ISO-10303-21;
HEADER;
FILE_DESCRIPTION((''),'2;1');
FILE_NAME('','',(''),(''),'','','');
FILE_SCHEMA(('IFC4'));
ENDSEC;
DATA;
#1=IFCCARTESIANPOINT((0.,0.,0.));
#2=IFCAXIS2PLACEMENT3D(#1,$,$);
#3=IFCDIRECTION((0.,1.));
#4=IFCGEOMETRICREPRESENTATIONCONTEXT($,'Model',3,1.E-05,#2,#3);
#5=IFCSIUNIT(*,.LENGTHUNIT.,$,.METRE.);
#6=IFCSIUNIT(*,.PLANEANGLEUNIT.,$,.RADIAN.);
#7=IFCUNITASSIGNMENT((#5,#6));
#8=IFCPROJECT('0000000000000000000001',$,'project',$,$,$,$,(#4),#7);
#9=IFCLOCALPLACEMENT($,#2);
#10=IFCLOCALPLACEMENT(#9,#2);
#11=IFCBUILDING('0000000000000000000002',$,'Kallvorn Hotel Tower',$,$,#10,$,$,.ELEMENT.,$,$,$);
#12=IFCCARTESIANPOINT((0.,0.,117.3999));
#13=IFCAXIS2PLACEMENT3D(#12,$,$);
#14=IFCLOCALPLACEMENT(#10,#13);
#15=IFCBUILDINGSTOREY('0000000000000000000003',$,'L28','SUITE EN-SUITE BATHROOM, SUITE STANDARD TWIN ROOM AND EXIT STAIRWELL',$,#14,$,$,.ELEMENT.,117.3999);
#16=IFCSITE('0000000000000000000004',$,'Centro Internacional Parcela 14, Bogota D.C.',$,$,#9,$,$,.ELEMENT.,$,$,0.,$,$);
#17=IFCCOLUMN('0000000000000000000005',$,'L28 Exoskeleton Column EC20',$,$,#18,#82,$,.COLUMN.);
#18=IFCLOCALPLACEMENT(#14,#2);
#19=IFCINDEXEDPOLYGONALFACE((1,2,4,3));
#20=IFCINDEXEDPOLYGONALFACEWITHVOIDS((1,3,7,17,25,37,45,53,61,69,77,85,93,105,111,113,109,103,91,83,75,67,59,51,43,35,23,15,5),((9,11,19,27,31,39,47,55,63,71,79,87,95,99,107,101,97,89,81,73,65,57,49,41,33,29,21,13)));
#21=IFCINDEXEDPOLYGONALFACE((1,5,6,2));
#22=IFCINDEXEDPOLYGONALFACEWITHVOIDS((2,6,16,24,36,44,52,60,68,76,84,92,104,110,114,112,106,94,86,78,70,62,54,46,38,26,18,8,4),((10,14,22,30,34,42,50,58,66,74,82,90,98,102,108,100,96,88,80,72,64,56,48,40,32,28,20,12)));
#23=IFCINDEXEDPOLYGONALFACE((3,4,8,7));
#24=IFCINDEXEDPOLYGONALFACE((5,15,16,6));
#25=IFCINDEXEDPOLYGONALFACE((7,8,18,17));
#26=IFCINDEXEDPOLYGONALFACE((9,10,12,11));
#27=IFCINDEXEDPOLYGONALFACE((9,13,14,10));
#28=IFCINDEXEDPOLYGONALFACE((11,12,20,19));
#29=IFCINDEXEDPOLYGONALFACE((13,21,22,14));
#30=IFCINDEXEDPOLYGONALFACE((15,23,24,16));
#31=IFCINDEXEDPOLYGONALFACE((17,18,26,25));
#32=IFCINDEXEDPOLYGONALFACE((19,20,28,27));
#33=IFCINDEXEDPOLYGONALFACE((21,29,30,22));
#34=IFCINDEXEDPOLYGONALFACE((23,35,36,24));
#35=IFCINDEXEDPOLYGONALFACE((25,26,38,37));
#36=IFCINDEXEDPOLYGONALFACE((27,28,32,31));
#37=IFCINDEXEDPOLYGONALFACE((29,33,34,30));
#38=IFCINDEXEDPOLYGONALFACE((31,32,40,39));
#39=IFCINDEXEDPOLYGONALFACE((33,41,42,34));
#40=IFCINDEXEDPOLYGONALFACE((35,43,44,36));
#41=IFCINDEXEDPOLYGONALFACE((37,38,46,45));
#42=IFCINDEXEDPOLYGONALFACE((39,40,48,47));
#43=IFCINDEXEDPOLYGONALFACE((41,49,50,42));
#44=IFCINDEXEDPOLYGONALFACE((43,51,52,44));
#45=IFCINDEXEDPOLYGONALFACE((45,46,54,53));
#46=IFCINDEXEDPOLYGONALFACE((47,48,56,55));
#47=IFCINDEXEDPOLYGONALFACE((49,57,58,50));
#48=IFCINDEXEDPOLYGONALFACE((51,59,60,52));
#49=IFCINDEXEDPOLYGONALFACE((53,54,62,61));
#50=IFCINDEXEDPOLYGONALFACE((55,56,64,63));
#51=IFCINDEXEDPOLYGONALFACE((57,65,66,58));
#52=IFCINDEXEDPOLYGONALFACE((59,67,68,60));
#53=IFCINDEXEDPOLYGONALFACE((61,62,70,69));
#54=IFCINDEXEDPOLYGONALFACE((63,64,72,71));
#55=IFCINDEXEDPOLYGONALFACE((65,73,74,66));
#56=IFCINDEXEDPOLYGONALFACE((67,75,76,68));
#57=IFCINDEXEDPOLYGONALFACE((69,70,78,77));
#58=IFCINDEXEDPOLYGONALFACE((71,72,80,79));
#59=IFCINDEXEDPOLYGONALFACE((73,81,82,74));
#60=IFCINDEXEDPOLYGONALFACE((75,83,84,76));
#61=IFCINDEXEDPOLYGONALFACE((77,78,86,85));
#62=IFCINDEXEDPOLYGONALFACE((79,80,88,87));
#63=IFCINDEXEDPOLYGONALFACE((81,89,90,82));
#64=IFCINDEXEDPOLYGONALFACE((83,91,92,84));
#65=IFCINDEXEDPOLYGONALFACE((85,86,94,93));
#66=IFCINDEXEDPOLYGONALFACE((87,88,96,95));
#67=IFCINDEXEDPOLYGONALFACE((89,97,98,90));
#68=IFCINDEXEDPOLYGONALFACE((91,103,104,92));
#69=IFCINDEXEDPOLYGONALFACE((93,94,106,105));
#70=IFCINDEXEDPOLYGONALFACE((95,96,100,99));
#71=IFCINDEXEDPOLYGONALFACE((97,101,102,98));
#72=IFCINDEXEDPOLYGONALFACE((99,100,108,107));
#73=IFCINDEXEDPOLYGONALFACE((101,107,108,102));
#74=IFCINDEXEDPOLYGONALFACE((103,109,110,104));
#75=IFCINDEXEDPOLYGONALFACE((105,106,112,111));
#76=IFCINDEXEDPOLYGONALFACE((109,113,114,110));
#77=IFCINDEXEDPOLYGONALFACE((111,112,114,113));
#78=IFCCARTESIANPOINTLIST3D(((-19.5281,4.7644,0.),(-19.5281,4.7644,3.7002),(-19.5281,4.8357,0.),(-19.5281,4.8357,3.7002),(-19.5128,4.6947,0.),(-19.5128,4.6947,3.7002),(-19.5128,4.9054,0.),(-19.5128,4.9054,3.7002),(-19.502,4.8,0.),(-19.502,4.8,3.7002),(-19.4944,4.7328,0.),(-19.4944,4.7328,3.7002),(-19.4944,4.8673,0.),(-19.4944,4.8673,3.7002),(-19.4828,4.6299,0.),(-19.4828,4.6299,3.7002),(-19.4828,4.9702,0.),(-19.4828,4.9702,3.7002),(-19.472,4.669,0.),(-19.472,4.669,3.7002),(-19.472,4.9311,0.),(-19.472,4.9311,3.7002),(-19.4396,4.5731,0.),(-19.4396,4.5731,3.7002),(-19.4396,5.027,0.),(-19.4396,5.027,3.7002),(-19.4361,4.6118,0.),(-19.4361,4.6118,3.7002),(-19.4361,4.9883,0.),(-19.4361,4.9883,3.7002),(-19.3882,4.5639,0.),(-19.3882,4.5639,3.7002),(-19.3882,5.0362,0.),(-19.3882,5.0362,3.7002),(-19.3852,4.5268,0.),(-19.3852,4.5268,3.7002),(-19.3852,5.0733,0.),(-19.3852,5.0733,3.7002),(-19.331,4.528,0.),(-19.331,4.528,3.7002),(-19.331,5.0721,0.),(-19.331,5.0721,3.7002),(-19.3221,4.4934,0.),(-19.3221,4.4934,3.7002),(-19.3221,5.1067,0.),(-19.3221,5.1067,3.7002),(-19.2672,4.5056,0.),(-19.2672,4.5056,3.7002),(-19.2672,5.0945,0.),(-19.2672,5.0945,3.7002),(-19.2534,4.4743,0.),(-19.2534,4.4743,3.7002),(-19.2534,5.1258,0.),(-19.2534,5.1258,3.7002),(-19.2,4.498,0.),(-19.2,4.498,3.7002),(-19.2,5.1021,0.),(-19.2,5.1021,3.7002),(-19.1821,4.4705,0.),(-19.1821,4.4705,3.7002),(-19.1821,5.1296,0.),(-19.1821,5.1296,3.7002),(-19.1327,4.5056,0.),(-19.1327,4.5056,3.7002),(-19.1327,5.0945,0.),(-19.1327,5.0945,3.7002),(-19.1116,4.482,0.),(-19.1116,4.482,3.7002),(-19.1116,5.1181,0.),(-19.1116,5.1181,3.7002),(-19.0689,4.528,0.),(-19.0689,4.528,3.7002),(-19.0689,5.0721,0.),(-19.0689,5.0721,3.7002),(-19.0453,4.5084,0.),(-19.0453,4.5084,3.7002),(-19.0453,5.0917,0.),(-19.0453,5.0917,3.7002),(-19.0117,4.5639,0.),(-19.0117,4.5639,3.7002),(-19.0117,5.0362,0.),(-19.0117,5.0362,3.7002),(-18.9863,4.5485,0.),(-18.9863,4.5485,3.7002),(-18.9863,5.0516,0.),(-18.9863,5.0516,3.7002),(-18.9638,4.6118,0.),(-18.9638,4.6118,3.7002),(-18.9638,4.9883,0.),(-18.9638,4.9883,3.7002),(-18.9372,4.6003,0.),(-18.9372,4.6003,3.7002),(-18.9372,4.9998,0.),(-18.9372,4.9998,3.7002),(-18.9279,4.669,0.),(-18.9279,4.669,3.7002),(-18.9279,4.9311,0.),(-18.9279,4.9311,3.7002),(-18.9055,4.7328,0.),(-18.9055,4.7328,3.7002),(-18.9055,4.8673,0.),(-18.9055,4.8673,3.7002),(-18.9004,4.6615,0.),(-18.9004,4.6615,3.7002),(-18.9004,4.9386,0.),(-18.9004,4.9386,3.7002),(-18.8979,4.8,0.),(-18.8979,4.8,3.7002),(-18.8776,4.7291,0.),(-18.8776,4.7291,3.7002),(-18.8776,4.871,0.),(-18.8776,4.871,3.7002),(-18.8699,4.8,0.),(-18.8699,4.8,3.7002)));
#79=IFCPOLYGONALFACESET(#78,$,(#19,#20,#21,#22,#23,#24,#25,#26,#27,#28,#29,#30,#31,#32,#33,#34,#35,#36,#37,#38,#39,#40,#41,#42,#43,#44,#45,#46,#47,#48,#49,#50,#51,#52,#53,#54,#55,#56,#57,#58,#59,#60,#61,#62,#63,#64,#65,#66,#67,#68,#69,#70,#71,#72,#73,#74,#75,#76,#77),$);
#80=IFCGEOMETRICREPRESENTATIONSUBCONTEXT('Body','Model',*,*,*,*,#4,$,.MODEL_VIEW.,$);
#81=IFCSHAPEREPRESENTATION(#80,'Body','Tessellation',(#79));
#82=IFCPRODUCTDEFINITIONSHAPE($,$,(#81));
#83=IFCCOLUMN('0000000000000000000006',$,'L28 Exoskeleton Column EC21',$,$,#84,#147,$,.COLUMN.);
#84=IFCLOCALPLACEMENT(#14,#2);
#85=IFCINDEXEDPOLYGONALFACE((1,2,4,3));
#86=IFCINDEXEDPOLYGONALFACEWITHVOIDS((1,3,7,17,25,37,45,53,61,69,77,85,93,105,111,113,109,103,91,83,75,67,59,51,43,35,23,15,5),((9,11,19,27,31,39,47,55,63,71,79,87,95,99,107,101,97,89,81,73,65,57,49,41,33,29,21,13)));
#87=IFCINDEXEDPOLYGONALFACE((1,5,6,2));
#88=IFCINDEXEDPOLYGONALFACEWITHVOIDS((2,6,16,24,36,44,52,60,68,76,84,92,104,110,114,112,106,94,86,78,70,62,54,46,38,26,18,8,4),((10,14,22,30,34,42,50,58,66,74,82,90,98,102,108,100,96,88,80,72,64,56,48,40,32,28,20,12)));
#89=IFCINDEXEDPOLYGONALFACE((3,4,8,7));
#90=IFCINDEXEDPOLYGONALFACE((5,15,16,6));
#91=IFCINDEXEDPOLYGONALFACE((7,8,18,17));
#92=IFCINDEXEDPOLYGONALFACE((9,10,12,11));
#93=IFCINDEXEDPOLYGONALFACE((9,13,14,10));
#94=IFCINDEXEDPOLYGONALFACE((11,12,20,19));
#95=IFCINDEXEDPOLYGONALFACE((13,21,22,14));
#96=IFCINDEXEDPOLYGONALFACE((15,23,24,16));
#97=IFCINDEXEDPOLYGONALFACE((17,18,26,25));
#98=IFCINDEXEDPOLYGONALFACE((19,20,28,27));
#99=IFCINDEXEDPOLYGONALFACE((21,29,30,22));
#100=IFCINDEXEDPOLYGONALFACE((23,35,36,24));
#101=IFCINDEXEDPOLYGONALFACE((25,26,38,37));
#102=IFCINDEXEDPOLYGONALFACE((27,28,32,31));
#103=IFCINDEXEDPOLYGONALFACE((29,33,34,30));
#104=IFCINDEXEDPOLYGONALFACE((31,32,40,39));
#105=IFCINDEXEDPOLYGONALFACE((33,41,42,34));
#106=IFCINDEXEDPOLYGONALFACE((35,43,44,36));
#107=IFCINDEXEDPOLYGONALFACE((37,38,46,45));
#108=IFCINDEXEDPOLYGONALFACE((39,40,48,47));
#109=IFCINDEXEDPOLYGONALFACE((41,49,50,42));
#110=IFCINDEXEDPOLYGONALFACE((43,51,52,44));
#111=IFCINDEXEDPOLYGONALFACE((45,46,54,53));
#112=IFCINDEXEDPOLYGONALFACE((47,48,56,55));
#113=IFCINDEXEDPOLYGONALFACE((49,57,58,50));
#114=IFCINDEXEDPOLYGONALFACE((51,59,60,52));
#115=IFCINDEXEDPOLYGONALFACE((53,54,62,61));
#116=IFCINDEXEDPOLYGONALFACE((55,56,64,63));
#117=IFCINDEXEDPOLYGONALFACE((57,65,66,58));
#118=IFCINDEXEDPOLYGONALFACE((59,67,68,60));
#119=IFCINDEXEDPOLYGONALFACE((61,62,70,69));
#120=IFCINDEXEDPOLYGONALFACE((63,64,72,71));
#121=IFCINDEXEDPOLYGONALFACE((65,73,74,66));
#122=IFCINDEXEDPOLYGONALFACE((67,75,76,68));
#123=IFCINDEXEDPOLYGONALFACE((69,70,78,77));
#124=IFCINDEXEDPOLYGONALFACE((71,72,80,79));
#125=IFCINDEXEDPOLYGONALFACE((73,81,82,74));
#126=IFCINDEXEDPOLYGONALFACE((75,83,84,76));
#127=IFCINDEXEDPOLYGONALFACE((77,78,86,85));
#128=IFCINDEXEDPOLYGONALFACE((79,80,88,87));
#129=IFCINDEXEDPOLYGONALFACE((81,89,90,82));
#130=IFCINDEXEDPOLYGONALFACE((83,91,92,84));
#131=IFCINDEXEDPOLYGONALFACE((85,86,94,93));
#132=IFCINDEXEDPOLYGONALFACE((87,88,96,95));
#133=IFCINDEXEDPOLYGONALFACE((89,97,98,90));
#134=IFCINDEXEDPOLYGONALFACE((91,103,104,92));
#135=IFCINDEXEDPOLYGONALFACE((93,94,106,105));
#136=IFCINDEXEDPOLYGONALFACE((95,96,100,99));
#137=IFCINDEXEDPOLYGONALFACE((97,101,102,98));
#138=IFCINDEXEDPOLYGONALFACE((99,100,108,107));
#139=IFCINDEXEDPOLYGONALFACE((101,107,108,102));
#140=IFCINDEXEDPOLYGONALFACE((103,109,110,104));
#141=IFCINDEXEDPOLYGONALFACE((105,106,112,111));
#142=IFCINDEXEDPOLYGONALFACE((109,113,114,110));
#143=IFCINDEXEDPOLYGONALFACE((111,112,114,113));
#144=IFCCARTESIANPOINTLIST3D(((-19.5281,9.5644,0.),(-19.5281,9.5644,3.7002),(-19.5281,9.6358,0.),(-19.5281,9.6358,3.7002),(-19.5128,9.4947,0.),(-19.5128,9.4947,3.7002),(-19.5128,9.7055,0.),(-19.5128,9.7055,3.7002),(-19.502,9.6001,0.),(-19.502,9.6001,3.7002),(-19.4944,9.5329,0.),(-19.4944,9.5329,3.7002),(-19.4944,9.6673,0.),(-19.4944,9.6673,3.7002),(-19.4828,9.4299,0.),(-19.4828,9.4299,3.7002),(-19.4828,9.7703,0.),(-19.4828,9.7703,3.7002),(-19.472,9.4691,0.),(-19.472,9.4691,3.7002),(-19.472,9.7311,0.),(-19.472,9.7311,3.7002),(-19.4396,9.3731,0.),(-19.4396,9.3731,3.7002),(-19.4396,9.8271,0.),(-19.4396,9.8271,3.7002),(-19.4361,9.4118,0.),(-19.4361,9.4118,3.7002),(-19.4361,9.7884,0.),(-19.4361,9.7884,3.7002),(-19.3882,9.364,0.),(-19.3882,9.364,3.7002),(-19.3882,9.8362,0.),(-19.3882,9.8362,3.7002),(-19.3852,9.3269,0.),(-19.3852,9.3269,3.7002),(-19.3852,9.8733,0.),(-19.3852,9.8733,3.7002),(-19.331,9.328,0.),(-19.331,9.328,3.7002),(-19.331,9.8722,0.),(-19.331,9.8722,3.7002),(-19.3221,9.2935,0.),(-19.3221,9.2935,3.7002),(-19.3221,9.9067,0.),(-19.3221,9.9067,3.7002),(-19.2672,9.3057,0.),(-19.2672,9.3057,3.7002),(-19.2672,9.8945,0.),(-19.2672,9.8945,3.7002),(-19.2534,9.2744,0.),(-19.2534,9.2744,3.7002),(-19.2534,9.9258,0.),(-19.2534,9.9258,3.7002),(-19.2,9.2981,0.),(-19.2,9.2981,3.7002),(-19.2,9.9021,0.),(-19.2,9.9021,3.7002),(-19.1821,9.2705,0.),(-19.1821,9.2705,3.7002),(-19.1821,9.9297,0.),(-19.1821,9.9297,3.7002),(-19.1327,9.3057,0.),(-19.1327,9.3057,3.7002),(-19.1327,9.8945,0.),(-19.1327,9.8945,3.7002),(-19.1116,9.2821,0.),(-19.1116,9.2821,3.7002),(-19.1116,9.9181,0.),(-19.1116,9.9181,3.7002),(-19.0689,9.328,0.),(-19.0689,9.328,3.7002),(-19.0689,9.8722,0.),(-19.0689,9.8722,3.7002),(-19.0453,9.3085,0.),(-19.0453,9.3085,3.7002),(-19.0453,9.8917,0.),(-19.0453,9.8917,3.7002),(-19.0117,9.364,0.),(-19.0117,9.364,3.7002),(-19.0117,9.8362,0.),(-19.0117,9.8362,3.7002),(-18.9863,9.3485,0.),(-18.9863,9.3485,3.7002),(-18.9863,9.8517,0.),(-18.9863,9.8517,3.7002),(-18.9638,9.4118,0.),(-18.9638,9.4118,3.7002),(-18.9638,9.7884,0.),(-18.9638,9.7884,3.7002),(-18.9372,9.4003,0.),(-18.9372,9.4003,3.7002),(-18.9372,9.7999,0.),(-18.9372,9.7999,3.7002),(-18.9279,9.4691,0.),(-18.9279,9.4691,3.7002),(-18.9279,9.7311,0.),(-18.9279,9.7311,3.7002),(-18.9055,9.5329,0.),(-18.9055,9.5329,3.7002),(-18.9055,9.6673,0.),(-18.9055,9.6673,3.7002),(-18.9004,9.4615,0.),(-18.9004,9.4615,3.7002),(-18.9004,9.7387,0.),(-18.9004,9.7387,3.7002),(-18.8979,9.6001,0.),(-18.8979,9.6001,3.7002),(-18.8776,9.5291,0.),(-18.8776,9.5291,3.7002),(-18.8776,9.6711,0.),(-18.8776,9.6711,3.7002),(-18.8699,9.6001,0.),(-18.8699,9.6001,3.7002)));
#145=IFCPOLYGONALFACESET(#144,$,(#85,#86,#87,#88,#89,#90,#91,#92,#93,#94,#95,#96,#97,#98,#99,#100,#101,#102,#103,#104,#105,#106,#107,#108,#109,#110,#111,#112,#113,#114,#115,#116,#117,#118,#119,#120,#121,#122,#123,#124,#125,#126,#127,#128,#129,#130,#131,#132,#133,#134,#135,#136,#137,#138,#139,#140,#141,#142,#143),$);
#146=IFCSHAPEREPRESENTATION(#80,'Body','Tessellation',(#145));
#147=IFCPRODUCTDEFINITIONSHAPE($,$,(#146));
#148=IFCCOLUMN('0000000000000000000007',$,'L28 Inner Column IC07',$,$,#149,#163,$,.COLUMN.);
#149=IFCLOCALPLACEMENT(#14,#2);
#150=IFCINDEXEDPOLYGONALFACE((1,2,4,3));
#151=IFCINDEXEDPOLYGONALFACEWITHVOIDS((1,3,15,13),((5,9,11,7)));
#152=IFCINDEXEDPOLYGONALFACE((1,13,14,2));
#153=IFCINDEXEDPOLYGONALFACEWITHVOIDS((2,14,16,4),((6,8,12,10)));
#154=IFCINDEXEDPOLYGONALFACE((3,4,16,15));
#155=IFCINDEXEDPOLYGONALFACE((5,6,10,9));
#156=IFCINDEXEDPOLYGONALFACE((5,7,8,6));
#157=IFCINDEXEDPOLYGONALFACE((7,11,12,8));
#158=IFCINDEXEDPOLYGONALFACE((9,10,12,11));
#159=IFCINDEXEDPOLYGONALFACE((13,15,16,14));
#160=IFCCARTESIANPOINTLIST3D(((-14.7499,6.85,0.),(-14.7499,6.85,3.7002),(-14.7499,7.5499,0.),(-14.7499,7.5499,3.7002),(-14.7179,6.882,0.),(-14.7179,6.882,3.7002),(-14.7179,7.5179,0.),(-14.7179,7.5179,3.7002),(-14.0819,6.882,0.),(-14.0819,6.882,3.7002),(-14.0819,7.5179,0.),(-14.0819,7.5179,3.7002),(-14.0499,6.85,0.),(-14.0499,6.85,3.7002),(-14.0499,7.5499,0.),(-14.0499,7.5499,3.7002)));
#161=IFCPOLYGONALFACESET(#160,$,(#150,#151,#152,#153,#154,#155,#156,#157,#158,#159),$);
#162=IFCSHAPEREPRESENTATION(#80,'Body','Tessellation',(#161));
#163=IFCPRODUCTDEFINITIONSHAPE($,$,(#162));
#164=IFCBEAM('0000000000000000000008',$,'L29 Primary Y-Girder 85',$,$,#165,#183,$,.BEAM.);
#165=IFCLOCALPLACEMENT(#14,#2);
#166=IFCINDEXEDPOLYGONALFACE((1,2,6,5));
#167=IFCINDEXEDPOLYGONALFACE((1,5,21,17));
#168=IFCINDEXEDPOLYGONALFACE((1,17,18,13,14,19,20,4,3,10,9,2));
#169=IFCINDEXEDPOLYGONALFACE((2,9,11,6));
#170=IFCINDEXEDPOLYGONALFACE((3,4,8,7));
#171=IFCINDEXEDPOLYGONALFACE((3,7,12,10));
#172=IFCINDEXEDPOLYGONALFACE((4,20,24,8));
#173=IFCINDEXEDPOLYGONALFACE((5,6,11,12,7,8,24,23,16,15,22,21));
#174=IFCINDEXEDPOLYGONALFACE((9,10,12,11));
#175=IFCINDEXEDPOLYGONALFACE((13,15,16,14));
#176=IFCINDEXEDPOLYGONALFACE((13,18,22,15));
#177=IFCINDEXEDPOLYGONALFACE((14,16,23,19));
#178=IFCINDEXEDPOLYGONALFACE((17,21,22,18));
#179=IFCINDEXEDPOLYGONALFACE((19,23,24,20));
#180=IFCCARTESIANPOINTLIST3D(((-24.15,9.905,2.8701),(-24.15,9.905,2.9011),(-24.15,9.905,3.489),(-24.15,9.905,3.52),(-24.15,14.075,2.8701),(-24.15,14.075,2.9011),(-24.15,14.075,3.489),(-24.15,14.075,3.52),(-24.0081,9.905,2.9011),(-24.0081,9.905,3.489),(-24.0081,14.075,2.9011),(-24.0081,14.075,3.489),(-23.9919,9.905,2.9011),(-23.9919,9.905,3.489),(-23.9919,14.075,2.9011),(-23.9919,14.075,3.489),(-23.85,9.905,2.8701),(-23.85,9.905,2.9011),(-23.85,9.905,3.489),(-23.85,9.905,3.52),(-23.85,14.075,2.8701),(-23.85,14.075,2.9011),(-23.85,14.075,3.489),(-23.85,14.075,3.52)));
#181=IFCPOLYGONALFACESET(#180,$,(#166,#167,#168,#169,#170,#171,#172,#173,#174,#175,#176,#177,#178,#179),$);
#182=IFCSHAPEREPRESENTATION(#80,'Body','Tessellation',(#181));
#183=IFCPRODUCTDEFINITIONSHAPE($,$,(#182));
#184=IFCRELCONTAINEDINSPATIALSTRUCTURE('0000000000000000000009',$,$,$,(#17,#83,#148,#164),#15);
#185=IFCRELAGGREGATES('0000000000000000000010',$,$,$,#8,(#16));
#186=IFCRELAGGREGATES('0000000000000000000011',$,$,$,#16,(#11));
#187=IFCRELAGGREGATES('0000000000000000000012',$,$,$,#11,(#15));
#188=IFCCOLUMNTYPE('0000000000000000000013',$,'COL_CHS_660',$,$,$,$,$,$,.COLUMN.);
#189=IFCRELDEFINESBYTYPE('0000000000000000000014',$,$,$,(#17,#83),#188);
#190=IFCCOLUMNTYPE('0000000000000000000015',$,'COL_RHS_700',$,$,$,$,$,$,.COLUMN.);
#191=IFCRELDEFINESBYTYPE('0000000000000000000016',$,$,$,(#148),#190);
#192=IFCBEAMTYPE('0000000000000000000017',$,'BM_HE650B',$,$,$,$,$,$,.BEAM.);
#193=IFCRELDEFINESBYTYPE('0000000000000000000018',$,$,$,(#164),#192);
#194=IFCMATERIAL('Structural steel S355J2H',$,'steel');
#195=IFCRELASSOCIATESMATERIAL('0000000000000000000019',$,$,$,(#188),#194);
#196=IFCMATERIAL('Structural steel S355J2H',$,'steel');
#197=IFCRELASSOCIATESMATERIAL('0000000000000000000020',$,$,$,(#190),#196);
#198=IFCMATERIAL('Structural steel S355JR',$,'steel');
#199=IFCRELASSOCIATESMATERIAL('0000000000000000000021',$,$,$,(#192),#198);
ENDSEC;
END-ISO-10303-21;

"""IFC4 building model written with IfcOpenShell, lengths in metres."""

from ifc_helpers import new_model, si_unit, direction, frame, origin, origin_2d, place, context, subcontext, project, spatial, hollow_rectangle, hollow_circle, i_section, extrude, material, material_profile, profile_set, type_object, element, save


model = new_model("IFC4")

# Units and contexts
model_context = context("Model", 3, precision=1e-05, world=origin(), true_north=direction((0.0, 1.0)))
body_context = subcontext(model_context, "Body", "Model", "MODEL_VIEW")
ifc_project = project(units=[si_unit("LENGTHUNIT", "METRE"), si_unit("PLANEANGLEUNIT", "RADIAN")], contexts=[model_context])

# Site, building, storey
site_placement = place(None, origin())
site = spatial("IfcSite", under=ifc_project, at=site_placement, Name="Centro Internacional Parcela 14, Bogota D.C.", CompositionType="ELEMENT", RefElevation=0.0)
building_placement = place(site_placement, origin())
building = spatial("IfcBuilding", under=site, at=building_placement, Name="Kallvorn Hotel Tower", CompositionType="ELEMENT")
storey_placement = place(building_placement, frame((0.0, 0.0, 117.3999)))
storey = spatial("IfcBuildingStorey", under=building, at=storey_placement, Name="L28", Description="SUITE EN-SUITE BATHROOM, SUITE STANDARD TWIN ROOM AND EXIT STAIRWELL", CompositionType="ELEMENT", Elevation=117.3999)

# Columns
ifc_material_1 = material(Name="Structural steel S355J2H", Category="steel")
ifc_material_profile_1 = material_profile(ifc_material_1, hollow_circle(Radius=0.3301, WallThickness=0.0281, at=origin_2d()), Name="CHS 660x28")
ifc_profile_set_1 = profile_set([ifc_material_profile_1], Name="Structural steel S355J2H")
column_type_1 = type_object("IfcColumnType", Name="COL_CHS_660", PredefinedType="COLUMN", material=ifc_profile_set_1)
for number, where, z_axis, x_axis, name in (
    (1, (-19.2, 4.8, 0.0), (0.0, 0.0, 1.0), (1.0, 0.0, 0.0), "L28 Exoskeleton Column EC20"),
    (2, (-19.2, 9.6001, 0.0), (0.0, 0.0, 1.0), (1.0, 0.0, 0.0), "L28 Exoskeleton Column EC21"),
):
    element("IfcColumn", number, at=place(storey_placement, frame(where, z_axis=z_axis, x_axis=x_axis)), inside=storey, type_object=column_type_1, Name=name, PredefinedType="COLUMN", context=body_context, shape_type="SweptSolid", body=[
        extrude(hollow_circle(Radius=0.3301, WallThickness=0.0281, at=origin_2d()), origin(), (0.0, 0.0, 1.0), 3.7002),
    ])
ifc_material_2 = material(Name="Structural steel S355J2H", Category="steel")
ifc_material_profile_2 = material_profile(ifc_material_2, hollow_rectangle(XDim=0.7, YDim=0.7, WallThickness=0.032, at=origin_2d()), Name="RHS 700x700x32")
ifc_profile_set_2 = profile_set([ifc_material_profile_2], Name="Structural steel S355J2H")
column_type_2 = type_object("IfcColumnType", Name="COL_RHS_700", PredefinedType="COLUMN", material=ifc_profile_set_2)
column_placement = place(storey_placement, frame((-14.3999, 7.2, 0.0), z_axis=(0.0, 0.0, 1.0), x_axis=(1.0, 0.0, 0.0)))
element("IfcColumn", 3, at=column_placement, inside=storey, type_object=column_type_2, Name="L28 Inner Column IC07", PredefinedType="COLUMN", context=body_context, shape_type="SweptSolid", body=[
    extrude(hollow_rectangle(XDim=0.7, YDim=0.7, WallThickness=0.032, at=origin_2d()), origin(), (0.0, 0.0, 1.0), 3.7002),
])

# Beam
ifc_material_3 = material(Name="Structural steel S355JR", Category="steel")
ifc_material_profile_3 = material_profile(ifc_material_3, i_section(OverallWidth=0.3, OverallDepth=0.6499, WebThickness=0.0161, FlangeThickness=0.031, at=origin_2d()), Name="HE 650 B")
ifc_profile_set_3 = profile_set([ifc_material_profile_3], Name="Structural steel S355JR")
beam_type_1 = type_object("IfcBeamType", Name="BM_HE650B", PredefinedType="BEAM", material=ifc_profile_set_3)
beam_1_placement = place(storey_placement, frame((-24.0, 9.905, 3.1951), z_axis=(0.0, 1.0, 0.0), x_axis=(-1.0, 0.0, 0.0)))
element("IfcBeam", 4, at=beam_1_placement, inside=storey, type_object=beam_type_1, Name="L29 Primary Y-Girder 85", PredefinedType="BEAM", context=body_context, shape_type="SweptSolid", body=[
    extrude(i_section(OverallWidth=0.3, OverallDepth=0.6499, WebThickness=0.0161, FlangeThickness=0.031, at=origin_2d()), origin(), (0.0, 0.0, 1.0), 4.1699),
])

save(model, "model.ifc")
